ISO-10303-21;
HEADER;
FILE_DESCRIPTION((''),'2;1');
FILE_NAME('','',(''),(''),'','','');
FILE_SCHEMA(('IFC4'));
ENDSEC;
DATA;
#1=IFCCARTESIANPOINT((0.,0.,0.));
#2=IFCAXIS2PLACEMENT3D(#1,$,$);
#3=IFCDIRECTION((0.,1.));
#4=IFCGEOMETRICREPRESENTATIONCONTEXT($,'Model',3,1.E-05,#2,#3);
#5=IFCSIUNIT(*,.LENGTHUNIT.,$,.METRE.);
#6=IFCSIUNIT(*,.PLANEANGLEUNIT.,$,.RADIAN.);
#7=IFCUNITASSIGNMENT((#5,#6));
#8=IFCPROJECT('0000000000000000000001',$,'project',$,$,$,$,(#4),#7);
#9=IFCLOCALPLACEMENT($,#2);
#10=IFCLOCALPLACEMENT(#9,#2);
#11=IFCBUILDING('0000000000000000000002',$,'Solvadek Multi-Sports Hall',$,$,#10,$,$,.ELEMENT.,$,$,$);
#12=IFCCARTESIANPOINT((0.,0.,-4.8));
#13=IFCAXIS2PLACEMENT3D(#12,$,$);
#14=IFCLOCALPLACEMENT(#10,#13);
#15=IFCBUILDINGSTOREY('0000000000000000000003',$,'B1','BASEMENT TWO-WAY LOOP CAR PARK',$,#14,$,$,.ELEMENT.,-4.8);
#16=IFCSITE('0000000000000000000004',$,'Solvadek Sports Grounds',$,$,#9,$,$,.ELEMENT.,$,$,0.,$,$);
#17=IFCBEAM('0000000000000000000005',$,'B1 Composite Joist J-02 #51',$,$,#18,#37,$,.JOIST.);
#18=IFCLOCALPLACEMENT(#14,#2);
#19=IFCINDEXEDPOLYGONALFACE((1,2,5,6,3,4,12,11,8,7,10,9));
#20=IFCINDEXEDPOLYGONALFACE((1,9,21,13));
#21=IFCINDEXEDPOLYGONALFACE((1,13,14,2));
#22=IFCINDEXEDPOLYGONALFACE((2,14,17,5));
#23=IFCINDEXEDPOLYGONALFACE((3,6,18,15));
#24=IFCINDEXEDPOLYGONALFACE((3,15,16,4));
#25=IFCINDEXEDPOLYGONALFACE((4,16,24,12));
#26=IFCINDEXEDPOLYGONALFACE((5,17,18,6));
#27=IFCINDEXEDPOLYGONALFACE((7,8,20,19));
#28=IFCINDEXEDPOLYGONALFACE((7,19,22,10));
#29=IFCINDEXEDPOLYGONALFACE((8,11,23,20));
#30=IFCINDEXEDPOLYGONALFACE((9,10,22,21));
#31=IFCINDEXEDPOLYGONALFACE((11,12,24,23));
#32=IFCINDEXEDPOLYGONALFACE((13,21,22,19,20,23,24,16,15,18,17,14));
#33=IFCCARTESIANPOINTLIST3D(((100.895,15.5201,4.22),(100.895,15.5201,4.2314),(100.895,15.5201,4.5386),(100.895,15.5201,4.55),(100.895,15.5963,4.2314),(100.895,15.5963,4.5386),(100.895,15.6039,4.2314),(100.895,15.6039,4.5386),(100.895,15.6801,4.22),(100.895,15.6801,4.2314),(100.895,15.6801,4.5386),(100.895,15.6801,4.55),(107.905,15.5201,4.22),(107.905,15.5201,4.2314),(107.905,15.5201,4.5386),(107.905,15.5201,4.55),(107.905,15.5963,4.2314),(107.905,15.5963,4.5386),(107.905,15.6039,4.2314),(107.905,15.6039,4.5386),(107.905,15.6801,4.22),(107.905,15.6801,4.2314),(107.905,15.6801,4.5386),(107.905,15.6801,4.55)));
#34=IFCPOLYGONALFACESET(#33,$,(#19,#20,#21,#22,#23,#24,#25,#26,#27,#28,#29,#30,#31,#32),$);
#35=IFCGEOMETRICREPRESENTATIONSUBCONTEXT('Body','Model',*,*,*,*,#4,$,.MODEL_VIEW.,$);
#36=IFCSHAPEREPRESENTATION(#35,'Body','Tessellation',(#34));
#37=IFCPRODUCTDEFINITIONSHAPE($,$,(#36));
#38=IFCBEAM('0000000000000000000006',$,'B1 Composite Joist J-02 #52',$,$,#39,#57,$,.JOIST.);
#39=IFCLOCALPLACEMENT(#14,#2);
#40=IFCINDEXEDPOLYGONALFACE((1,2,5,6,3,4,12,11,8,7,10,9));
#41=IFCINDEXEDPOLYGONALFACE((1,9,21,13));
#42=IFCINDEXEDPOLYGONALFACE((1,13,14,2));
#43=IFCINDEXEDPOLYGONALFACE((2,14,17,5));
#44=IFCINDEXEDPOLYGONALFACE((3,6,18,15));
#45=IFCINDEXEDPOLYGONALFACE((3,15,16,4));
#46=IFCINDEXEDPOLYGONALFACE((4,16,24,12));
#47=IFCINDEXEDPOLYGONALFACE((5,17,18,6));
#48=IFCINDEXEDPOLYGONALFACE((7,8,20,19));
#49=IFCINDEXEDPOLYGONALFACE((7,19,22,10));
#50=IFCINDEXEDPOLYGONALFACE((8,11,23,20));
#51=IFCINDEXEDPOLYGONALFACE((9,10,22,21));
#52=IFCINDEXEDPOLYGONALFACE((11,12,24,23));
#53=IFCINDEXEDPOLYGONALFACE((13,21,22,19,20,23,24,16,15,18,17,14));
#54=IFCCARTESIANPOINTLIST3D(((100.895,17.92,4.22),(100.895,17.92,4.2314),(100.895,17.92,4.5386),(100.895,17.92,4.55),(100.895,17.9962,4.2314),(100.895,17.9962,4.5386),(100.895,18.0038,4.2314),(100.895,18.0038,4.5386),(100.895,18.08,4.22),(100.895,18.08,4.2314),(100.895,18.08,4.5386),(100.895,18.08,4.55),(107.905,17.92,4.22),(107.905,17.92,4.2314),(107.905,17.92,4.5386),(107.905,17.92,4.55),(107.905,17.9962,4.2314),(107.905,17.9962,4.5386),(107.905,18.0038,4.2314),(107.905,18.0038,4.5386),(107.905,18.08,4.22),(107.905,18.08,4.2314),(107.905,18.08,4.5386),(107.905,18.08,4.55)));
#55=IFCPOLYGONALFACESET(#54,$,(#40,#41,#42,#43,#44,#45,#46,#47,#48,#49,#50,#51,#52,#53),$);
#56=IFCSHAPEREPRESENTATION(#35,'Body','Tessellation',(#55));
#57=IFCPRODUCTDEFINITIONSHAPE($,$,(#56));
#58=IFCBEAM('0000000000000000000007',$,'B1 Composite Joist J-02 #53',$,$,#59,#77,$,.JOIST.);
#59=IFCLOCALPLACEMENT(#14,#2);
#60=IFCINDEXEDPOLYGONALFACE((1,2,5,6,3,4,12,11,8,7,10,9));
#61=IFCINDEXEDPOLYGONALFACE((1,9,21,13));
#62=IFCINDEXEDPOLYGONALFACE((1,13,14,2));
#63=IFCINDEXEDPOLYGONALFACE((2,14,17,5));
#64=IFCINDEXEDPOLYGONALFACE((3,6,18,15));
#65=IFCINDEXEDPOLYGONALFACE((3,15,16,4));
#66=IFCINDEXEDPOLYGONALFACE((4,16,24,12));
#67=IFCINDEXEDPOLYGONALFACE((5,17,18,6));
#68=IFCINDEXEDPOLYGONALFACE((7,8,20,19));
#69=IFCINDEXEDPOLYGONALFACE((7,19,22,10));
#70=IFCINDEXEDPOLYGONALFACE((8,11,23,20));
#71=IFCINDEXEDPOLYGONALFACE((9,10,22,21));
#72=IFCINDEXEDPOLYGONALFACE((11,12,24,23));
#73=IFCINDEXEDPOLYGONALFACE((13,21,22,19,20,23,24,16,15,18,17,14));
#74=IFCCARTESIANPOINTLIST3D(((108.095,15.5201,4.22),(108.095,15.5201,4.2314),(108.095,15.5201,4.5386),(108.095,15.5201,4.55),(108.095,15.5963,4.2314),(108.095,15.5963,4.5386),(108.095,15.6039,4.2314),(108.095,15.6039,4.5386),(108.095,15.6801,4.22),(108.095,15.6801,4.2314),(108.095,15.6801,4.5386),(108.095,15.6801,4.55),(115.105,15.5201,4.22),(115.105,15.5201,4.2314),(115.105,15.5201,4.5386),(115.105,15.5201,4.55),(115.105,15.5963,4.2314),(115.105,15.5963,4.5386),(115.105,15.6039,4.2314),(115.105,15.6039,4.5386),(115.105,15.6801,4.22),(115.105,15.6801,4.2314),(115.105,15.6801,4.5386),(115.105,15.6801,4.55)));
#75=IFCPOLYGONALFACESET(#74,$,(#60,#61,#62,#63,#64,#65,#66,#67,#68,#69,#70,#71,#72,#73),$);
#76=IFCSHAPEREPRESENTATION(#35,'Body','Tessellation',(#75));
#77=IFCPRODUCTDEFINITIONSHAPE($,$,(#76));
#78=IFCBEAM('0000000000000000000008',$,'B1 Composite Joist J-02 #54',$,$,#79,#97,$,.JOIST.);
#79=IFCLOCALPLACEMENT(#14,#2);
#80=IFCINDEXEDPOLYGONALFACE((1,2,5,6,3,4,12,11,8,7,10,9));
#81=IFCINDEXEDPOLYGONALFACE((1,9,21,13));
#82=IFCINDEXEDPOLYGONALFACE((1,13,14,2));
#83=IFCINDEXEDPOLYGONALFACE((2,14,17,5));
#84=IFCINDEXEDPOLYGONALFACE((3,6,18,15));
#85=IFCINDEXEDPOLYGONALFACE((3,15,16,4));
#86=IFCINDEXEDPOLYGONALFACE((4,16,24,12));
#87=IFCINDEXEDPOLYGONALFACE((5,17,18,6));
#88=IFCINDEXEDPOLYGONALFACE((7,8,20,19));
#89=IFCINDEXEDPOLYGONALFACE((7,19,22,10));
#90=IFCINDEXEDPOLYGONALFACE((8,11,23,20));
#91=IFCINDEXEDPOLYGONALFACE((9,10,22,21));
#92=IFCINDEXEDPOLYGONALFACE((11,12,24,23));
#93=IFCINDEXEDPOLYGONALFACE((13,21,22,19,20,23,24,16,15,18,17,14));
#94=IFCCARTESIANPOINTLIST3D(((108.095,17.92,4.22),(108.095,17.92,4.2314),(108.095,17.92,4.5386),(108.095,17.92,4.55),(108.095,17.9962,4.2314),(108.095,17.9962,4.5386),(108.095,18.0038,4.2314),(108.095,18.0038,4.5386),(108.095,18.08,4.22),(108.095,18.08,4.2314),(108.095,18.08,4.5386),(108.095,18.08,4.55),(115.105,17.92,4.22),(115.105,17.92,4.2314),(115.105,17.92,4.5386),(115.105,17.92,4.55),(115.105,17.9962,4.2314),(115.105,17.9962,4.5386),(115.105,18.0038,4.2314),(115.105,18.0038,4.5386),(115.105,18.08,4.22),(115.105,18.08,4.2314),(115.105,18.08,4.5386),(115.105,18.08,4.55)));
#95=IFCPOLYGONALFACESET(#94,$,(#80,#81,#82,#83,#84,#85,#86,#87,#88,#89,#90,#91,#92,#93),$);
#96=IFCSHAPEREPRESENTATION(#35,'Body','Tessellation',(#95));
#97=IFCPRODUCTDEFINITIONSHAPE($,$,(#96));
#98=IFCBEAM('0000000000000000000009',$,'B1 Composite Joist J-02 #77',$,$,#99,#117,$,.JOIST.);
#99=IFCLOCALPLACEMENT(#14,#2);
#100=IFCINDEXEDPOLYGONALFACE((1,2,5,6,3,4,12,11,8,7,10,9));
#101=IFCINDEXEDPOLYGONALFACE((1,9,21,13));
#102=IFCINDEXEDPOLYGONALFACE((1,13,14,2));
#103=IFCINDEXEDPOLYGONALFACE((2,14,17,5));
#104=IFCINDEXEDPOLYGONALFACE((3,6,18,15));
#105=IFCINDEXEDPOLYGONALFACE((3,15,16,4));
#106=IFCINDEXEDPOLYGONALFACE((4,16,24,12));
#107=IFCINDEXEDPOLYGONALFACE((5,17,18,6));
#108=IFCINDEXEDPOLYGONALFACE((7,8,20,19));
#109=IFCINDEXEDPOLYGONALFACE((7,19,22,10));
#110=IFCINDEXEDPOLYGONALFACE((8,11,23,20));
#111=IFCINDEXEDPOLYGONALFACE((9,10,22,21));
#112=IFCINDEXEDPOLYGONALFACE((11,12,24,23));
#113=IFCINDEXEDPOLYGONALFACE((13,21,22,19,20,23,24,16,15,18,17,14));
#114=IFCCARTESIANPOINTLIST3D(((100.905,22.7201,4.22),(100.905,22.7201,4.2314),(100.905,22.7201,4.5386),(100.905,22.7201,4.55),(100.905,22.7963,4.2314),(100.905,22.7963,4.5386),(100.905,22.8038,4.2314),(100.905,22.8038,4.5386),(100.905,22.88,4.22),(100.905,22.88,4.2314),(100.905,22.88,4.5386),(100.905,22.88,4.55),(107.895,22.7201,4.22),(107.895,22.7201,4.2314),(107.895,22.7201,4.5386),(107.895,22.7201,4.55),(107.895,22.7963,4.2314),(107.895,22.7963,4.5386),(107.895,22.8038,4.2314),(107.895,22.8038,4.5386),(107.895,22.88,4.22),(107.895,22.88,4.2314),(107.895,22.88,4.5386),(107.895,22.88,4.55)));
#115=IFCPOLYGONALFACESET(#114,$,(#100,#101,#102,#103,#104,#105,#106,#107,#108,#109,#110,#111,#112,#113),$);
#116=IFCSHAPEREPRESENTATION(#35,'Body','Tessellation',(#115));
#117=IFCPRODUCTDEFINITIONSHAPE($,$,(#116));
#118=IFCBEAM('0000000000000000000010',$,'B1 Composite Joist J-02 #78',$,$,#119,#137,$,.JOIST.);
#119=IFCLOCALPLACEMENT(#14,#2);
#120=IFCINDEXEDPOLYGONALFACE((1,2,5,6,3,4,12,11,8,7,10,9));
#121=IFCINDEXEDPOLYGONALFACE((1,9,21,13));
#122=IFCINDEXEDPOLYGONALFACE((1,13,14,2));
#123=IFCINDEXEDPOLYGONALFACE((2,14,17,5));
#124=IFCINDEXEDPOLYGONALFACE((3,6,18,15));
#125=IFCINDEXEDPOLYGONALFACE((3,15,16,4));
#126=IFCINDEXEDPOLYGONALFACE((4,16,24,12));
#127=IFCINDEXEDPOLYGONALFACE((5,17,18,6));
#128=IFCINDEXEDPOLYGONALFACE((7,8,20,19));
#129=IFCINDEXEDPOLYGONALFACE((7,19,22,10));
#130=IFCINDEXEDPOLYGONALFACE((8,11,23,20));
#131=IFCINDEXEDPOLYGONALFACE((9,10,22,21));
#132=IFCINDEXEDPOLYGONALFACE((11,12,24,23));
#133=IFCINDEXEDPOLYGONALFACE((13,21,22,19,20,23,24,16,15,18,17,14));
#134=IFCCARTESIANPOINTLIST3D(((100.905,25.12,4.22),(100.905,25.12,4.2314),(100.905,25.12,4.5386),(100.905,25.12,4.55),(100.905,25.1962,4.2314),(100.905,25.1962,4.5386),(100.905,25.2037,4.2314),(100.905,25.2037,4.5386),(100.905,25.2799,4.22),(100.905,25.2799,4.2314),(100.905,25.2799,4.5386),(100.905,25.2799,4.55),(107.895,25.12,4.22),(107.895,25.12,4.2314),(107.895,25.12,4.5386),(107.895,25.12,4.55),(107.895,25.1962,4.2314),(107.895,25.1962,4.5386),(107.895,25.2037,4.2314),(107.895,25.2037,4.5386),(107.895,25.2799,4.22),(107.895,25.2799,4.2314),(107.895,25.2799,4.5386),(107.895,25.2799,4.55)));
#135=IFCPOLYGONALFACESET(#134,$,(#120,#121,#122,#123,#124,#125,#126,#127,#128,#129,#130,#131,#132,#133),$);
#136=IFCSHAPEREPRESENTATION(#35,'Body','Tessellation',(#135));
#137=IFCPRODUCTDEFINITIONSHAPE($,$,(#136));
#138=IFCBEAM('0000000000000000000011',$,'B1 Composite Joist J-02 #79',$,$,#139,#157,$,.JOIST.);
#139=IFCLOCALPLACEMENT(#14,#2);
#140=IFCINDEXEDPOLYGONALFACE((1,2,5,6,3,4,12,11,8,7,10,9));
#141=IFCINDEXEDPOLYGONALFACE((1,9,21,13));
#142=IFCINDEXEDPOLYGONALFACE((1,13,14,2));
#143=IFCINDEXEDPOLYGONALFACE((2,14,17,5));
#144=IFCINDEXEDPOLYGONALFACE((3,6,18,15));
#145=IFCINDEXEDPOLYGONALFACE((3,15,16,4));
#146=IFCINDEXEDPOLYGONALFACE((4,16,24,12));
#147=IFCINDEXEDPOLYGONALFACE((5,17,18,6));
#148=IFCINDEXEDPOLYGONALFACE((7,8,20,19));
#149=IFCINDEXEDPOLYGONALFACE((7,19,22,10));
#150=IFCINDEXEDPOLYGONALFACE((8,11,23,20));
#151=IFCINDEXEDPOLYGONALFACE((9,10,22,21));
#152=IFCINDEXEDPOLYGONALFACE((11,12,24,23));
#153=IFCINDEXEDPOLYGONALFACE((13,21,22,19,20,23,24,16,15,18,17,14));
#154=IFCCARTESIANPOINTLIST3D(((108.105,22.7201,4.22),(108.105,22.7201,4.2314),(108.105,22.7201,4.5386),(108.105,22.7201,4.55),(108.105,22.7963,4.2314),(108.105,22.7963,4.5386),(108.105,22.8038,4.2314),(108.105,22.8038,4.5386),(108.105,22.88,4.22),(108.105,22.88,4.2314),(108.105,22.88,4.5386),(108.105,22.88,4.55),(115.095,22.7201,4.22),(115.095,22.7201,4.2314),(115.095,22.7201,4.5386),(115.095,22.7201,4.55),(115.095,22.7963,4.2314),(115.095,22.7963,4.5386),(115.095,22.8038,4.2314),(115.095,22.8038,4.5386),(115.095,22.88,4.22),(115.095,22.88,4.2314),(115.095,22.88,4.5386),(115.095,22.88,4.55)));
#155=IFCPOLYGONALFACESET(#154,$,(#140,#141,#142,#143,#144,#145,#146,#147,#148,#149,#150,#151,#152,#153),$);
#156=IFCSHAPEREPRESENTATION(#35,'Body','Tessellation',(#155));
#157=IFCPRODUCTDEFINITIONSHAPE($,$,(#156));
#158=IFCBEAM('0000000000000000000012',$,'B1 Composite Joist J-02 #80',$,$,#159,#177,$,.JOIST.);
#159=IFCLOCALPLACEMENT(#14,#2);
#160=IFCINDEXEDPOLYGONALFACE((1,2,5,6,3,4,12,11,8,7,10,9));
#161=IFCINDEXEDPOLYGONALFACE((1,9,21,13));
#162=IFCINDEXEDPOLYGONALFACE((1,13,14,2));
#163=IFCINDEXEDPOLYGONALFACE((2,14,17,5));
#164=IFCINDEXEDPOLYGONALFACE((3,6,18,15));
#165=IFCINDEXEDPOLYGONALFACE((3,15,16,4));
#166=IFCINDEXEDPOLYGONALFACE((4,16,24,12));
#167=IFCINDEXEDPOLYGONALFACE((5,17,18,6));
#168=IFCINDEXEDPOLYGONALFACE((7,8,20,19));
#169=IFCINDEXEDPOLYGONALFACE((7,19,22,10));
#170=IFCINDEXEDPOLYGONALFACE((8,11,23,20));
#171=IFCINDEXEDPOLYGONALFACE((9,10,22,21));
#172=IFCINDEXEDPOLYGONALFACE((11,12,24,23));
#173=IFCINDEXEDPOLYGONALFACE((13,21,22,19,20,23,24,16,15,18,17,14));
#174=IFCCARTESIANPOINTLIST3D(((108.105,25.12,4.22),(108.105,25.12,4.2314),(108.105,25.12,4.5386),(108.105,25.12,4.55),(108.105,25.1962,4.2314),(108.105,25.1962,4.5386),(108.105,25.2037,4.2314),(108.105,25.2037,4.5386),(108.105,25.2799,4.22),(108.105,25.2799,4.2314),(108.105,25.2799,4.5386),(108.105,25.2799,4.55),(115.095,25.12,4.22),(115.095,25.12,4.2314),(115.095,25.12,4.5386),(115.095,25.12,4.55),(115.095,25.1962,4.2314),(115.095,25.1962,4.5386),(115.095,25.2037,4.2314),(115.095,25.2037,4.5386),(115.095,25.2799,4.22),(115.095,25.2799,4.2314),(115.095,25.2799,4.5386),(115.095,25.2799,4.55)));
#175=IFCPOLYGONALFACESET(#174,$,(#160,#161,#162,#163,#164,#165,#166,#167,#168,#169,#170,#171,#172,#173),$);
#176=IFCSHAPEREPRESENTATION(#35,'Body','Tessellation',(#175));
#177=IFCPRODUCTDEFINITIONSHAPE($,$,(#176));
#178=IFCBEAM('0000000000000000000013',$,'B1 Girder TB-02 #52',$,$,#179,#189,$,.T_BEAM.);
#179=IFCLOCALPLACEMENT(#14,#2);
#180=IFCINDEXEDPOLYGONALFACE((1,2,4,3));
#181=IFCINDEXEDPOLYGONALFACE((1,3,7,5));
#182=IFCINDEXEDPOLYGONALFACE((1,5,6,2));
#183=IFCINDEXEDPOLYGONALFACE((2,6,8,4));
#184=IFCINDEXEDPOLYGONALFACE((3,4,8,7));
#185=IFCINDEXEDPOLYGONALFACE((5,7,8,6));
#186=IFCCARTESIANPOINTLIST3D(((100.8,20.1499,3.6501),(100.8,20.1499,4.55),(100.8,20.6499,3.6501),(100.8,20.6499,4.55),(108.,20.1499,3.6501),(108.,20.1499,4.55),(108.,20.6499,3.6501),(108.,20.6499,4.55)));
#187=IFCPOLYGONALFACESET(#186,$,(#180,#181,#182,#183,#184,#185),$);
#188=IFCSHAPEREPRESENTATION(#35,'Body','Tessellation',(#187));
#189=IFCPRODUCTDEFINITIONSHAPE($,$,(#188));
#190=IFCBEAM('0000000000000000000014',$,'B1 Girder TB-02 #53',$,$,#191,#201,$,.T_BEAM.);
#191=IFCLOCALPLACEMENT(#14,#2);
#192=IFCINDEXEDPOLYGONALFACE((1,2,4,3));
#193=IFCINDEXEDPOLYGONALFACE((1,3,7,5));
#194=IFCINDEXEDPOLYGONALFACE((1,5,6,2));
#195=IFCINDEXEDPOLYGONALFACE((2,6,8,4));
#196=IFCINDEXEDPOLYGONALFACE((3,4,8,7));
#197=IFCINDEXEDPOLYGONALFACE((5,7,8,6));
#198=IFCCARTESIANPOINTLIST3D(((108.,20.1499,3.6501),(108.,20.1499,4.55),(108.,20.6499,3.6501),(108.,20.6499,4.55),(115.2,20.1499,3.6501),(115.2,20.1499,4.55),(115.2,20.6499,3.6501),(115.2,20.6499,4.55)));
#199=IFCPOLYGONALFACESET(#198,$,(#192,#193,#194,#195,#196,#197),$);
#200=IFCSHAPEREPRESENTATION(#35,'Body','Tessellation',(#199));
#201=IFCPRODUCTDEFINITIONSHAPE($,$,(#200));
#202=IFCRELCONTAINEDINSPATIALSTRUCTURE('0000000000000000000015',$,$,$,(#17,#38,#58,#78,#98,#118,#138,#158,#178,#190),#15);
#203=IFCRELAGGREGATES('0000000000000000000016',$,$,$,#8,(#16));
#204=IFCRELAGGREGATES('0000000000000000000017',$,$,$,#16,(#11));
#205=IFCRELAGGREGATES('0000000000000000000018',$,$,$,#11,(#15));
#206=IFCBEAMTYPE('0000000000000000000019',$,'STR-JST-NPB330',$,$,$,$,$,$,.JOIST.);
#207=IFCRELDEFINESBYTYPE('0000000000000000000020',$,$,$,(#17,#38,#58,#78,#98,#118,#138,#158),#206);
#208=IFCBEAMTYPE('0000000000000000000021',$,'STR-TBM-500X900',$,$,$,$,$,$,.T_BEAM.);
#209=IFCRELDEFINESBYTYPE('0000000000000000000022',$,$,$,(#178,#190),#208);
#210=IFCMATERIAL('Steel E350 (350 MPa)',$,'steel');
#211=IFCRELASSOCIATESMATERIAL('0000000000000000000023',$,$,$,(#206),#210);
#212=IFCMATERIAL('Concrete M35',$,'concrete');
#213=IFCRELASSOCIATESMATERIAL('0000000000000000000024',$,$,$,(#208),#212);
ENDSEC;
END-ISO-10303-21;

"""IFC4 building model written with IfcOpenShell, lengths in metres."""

from ifc_helpers import new_model, si_unit, direction, frame, origin, origin_2d, place, context, subcontext, project, spatial, rectangle, i_section, extrude, material, material_profile, profile_set, type_object, element, save


model = new_model("IFC4")

# Units and contexts
model_context = context("Model", 3, precision=1e-05, world=origin(), true_north=direction((0.0, 1.0)))
body_context = subcontext(model_context, "Body", "Model", "MODEL_VIEW")
ifc_project = project(units=[si_unit("LENGTHUNIT", "METRE"), si_unit("PLANEANGLEUNIT", "RADIAN")], contexts=[model_context])

# Site, building, storey
site_placement = place(None, origin())
site = spatial("IfcSite", under=ifc_project, at=site_placement, Name="Solvadek Sports Grounds", CompositionType="ELEMENT", RefElevation=0.0)
building_placement = place(site_placement, origin())
building = spatial("IfcBuilding", under=site, at=building_placement, Name="Solvadek Multi-Sports Hall", CompositionType="ELEMENT")
storey_placement = place(building_placement, frame((0.0, 0.0, -4.8)))
storey = spatial("IfcBuildingStorey", under=building, at=storey_placement, Name="B1", Description="BASEMENT TWO-WAY LOOP CAR PARK", CompositionType="ELEMENT", Elevation=-4.8)

# Shared definitions
ifc_material_1 = material(Name="Concrete M35", Category="concrete")

# Beams
ifc_material_2 = material(Name="Steel E350 (350 MPa)", Category="steel")
ifc_material_profile_1 = material_profile(ifc_material_2, i_section(OverallWidth=0.1599, OverallDepth=0.3301, WebThickness=0.0076, FlangeThickness=0.0115, at=origin_2d()), Name="NPB 330")
ifc_profile_set_1 = profile_set([ifc_material_profile_1], Name="Steel E350 (350 MPa)")
beam_type_1 = type_object("IfcBeamType", Name="STR-JST-NPB330", PredefinedType="JOIST", material=ifc_profile_set_1)
for number, where, z_axis, x_axis, name in (
    (1, (100.895, 15.6001, 4.385), (1.0, 0.0, 0.0), (0.0, 1.0, 0.0), "B1 Composite Joist J-02 #51"),
    (2, (100.895, 18.0, 4.385), (1.0, 0.0, 0.0), (0.0, 1.0, 0.0), "B1 Composite Joist J-02 #52"),
    (3, (108.095, 15.6001, 4.385), (1.0, 0.0, 0.0), (0.0, 1.0, 0.0), "B1 Composite Joist J-02 #53"),
    (4, (108.095, 18.0, 4.385), (1.0, 0.0, 0.0), (0.0, 1.0, 0.0), "B1 Composite Joist J-02 #54"),
):
    element("IfcBeam", number, at=place(storey_placement, frame(where, z_axis=z_axis, x_axis=x_axis)), inside=storey, type_object=beam_type_1, Name=name, PredefinedType="JOIST", context=body_context, shape_type="SweptSolid", body=[
        extrude(i_section(OverallWidth=0.1599, OverallDepth=0.3301, WebThickness=0.0076, FlangeThickness=0.0115, at=origin_2d()), origin(), (0.0, 0.0, 1.0), 7.01),
    ])
for number, where, z_axis, x_axis, name in (
    (5, (100.905, 22.8, 4.385), (1.0, 0.0, 0.0), (0.0, 1.0, 0.0), "B1 Composite Joist J-02 #77"),
    (6, (100.905, 25.2, 4.385), (1.0, 0.0, 0.0), (0.0, 1.0, 0.0), "B1 Composite Joist J-02 #78"),
    (7, (108.105, 22.8, 4.385), (1.0, 0.0, 0.0), (0.0, 1.0, 0.0), "B1 Composite Joist J-02 #79"),
    (8, (108.105, 25.2, 4.385), (1.0, 0.0, 0.0), (0.0, 1.0, 0.0), "B1 Composite Joist J-02 #80"),
):
    element("IfcBeam", number, at=place(storey_placement, frame(where, z_axis=z_axis, x_axis=x_axis)), inside=storey, type_object=beam_type_1, Name=name, PredefinedType="JOIST", context=body_context, shape_type="SweptSolid", body=[
        extrude(i_section(OverallWidth=0.1599, OverallDepth=0.3301, WebThickness=0.0076, FlangeThickness=0.0115, at=origin_2d()), origin(), (0.0, 0.0, 1.0), 6.99),
    ])
ifc_material_profile_2 = material_profile(ifc_material_1, rectangle(XDim=0.5, YDim=0.8999, at=origin_2d()), Name="RC T-BEAM 500x900")
ifc_profile_set_2 = profile_set([ifc_material_profile_2], Name="Concrete M35")
beam_type_2 = type_object("IfcBeamType", Name="STR-TBM-500X900", PredefinedType="T_BEAM", material=ifc_profile_set_2)
for number, where, z_axis, x_axis, name in (
    (9, (100.8, 20.3999, 4.1001), (1.0, 0.0, 0.0), (0.0, 1.0, 0.0), "B1 Girder TB-02 #52"),
    (10, (108.0, 20.3999, 4.1001), (1.0, 0.0, 0.0), (0.0, 1.0, 0.0), "B1 Girder TB-02 #53"),
):
    element("IfcBeam", number, at=place(storey_placement, frame(where, z_axis=z_axis, x_axis=x_axis)), inside=storey, type_object=beam_type_2, Name=name, PredefinedType="T_BEAM", context=body_context, shape_type="SweptSolid", body=[
        extrude(rectangle(XDim=0.5, YDim=0.8999, at=origin_2d()), origin(), (0.0, 0.0, 1.0), 7.2),
    ])

save(model, "model.ifc")
